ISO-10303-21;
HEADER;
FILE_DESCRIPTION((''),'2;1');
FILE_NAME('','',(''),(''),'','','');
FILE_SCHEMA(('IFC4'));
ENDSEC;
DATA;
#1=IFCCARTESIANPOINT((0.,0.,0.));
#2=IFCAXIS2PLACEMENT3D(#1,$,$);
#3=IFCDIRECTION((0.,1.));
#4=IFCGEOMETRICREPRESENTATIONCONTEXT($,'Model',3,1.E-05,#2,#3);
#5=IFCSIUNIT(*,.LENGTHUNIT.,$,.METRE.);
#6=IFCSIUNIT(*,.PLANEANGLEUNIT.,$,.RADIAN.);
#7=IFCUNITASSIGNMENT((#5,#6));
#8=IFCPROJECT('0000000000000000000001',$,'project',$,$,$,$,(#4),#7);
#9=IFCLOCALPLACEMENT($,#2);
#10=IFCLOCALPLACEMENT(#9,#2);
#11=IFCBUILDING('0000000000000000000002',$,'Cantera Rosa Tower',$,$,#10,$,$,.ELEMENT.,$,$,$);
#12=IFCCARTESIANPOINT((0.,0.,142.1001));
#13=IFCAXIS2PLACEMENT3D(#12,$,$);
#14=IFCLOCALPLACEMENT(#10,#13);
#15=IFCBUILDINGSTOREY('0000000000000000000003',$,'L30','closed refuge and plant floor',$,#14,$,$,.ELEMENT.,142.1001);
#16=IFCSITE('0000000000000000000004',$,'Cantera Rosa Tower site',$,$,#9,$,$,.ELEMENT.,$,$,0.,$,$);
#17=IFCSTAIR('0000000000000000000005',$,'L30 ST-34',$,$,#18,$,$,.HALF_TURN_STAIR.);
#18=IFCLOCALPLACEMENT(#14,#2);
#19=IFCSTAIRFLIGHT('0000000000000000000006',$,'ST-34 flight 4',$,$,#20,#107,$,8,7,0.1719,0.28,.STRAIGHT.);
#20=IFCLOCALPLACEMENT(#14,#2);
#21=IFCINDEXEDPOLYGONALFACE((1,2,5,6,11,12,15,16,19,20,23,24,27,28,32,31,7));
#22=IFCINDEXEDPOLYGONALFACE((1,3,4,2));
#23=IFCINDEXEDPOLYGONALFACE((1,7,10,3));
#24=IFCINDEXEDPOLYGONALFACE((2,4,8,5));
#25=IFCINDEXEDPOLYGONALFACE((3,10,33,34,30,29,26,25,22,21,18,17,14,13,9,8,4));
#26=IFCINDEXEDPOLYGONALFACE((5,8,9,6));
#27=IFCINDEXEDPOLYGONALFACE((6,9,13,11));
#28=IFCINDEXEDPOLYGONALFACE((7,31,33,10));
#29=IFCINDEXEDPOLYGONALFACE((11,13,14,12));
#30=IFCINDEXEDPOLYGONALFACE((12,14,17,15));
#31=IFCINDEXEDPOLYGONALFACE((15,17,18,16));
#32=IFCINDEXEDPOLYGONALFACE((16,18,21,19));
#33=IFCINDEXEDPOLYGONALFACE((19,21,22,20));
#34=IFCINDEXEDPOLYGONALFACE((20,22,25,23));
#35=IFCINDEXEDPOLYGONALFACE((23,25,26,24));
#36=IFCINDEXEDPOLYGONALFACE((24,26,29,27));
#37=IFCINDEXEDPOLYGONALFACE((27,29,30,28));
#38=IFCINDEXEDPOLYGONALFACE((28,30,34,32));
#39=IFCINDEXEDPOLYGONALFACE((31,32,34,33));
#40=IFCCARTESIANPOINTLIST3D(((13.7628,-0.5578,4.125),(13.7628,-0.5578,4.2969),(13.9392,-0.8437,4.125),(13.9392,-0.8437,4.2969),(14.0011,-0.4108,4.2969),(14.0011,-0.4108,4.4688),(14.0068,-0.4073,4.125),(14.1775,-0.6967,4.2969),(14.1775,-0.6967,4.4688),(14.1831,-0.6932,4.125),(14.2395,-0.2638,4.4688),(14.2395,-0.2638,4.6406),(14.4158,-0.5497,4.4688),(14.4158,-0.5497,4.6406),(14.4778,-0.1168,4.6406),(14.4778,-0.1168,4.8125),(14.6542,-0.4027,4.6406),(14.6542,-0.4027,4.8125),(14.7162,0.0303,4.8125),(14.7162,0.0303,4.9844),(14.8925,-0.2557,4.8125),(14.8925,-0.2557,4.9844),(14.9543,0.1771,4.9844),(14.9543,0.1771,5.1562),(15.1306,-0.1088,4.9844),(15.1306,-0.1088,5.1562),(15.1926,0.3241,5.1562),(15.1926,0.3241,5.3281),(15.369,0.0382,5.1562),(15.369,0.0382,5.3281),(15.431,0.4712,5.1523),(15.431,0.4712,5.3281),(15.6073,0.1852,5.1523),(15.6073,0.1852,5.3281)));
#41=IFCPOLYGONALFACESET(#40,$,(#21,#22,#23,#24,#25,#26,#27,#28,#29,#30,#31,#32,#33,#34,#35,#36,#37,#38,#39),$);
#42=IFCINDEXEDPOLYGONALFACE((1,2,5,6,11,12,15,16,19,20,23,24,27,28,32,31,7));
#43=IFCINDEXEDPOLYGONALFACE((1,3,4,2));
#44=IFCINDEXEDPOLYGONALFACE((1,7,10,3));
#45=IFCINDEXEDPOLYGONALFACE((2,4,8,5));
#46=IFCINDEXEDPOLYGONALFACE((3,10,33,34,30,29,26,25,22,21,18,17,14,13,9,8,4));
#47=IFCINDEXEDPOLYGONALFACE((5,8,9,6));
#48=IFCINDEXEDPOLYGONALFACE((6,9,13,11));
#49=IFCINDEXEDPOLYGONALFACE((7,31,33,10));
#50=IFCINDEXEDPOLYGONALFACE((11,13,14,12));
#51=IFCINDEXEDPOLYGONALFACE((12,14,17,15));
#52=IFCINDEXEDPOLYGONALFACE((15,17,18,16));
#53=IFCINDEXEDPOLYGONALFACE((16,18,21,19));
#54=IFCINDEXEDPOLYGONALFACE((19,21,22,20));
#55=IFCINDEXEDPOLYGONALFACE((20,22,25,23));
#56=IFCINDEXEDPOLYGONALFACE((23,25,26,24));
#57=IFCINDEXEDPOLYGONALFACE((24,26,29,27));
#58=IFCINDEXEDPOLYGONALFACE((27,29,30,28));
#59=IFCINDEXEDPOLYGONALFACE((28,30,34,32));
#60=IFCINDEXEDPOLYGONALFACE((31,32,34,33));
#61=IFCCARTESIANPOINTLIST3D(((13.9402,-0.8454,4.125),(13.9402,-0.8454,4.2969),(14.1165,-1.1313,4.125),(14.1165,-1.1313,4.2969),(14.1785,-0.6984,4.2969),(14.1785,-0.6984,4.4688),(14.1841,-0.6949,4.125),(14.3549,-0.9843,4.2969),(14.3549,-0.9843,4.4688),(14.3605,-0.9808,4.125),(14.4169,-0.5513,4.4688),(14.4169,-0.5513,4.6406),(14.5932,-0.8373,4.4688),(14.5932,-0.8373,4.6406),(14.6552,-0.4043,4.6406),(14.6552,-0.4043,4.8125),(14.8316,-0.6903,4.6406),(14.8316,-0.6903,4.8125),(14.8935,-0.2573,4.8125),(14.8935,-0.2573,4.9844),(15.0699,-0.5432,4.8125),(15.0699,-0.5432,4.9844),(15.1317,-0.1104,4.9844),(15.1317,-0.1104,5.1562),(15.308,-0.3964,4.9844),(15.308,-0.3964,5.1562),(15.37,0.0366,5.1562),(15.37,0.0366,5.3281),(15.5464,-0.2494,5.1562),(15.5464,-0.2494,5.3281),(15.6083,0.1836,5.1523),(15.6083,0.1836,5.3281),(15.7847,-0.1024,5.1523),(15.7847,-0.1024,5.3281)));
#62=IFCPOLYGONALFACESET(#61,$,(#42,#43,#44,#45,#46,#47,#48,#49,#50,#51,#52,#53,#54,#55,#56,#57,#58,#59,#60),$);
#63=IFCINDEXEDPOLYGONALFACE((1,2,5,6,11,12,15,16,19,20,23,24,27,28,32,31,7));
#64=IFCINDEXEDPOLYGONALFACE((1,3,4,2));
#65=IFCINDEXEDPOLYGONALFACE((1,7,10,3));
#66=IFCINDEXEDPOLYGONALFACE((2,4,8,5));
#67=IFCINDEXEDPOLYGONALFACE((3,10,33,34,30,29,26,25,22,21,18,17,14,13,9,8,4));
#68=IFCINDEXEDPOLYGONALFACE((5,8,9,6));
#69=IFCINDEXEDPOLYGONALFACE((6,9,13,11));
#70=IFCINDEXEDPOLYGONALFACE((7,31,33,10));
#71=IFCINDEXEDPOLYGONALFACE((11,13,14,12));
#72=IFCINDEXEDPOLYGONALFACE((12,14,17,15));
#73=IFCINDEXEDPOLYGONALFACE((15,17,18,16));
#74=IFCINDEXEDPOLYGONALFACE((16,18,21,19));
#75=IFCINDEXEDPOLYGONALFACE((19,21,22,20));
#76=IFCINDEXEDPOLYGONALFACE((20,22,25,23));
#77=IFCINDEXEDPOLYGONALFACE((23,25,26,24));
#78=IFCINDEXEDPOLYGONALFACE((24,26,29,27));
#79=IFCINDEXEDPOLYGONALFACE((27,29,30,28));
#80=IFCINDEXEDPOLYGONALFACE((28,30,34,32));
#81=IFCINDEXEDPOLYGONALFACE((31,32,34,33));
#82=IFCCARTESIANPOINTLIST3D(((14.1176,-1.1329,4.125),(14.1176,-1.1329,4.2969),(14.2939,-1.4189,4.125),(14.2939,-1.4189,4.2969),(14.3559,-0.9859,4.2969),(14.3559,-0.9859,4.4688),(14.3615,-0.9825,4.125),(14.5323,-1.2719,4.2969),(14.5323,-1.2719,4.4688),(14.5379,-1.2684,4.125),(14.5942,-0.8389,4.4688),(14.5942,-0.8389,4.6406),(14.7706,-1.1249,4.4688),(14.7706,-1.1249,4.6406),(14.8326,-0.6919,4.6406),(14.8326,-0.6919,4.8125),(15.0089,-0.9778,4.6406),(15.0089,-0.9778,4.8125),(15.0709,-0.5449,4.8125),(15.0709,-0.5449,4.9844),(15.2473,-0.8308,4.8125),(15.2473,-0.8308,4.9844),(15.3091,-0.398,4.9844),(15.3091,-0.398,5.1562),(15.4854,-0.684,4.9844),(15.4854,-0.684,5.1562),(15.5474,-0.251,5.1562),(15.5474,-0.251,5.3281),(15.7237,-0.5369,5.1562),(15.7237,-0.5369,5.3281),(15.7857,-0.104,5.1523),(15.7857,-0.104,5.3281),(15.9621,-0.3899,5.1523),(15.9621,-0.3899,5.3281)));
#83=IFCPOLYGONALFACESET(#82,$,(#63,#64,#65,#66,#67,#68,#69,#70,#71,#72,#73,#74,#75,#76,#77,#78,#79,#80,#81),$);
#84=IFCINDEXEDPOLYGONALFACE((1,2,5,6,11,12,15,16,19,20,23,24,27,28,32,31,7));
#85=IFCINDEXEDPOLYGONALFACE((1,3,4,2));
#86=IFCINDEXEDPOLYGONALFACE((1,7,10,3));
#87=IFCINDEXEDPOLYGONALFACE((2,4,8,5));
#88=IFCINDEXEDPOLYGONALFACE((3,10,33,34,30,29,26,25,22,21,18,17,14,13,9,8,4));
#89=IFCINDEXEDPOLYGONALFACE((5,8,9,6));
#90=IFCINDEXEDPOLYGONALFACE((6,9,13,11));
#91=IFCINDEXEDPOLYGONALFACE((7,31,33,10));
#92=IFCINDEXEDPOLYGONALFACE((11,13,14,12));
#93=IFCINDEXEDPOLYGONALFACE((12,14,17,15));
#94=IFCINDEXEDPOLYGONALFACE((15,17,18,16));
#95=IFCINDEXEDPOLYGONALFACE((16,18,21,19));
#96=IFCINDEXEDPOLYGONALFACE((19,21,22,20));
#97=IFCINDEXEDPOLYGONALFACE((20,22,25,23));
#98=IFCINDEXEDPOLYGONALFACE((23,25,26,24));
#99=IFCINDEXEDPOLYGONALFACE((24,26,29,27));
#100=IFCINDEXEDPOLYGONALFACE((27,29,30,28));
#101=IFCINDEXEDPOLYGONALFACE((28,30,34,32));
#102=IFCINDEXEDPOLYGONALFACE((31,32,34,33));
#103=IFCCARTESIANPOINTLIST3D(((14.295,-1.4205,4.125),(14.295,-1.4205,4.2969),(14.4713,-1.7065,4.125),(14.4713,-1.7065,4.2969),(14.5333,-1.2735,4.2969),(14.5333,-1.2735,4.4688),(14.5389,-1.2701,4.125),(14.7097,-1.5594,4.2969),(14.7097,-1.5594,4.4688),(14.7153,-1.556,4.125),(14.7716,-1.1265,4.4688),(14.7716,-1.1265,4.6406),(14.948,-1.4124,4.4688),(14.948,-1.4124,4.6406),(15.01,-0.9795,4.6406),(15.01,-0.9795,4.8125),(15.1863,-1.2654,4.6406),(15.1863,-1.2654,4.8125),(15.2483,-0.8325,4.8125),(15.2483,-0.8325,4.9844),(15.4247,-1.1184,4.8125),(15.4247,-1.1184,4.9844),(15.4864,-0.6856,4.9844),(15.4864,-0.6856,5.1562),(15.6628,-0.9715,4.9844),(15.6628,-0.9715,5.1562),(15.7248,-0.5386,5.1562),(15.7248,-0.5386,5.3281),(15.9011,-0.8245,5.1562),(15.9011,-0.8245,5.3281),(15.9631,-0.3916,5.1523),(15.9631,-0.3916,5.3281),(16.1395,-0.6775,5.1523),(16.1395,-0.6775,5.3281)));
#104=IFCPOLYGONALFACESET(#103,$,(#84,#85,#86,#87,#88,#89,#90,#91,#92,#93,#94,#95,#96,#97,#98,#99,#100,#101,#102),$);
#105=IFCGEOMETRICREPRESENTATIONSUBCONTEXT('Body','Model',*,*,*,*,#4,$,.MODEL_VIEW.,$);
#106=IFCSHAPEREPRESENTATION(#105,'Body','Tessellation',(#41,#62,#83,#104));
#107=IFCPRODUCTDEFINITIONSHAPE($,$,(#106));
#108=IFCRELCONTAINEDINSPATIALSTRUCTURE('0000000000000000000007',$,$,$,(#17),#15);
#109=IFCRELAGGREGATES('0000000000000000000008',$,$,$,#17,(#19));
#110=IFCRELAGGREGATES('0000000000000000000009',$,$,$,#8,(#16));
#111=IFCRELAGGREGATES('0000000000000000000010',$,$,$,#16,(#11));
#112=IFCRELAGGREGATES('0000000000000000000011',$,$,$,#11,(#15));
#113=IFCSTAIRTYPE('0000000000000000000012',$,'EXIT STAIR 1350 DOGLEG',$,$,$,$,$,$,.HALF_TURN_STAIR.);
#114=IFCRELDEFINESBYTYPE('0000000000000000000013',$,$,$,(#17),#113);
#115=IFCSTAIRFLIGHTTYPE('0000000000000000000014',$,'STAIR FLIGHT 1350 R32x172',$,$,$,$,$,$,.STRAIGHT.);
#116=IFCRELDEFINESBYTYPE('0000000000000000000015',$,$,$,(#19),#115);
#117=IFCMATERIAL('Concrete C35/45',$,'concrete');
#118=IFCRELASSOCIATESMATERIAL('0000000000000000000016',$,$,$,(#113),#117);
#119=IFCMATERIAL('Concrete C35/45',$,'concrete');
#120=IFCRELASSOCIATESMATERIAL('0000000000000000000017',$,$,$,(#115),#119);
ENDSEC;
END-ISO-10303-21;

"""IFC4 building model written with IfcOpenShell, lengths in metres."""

from ifc_helpers import new_model, si_unit, direction, frame, origin, place, context, subcontext, project, spatial, polyline, outline, extrude, material, type_object, element, aggregate, save


model = new_model("IFC4")

# Units and contexts
model_context = context("Model", 3, precision=1e-05, world=origin(), true_north=direction((0.0, 1.0)))
body_context = subcontext(model_context, "Body", "Model", "MODEL_VIEW")
ifc_project = project(units=[si_unit("LENGTHUNIT", "METRE"), si_unit("PLANEANGLEUNIT", "RADIAN")], contexts=[model_context])

# Site, building, storey
site_placement = place(None, origin())
site = spatial("IfcSite", under=ifc_project, at=site_placement, Name="Cantera Rosa Tower site", CompositionType="ELEMENT", RefElevation=0.0)
building_placement = place(site_placement, origin())
building = spatial("IfcBuilding", under=site, at=building_placement, Name="Cantera Rosa Tower", CompositionType="ELEMENT")
storey_placement = place(building_placement, frame((0.0, 0.0, 142.1001)))
storey = spatial("IfcBuildingStorey", under=building, at=storey_placement, Name="L30", Description="closed refuge and plant floor", CompositionType="ELEMENT", Elevation=142.1001)

# Stair
ifc_material_1 = material(Name="Concrete C35/45", Category="concrete")
stair_type = type_object("IfcStairType", Name="EXIT STAIR 1350 DOGLEG", PredefinedType="HALF_TURN_STAIR", material=ifc_material_1)
stair_1_placement = place(storey_placement, origin())
stair_1 = element("IfcStair", 1, at=stair_1_placement, inside=storey, type_object=stair_type, Name="L30 ST-34", PredefinedType="HALF_TURN_STAIR")

# Stair flight
ifc_material_2 = material(Name="Concrete C35/45", Category="concrete")
stair_flight_type = type_object("IfcStairFlightType", Name="STAIR FLIGHT 1350 R32x172", PredefinedType="STRAIGHT", material=ifc_material_2)
stair_flight_placement = place(storey_placement, frame((14.1172, -1.1323, 4.125), z_axis=(0.0, 0.0, 1.0), x_axis=(0.851117, 0.524977, 0.0)))
stair_flight = element("IfcStairFlight", 2, at=stair_flight_placement, type_object=stair_flight_type, Name="ST-34 flight 4", NumberOfRisers=8, NumberOfTreads=7, PredefinedType="STRAIGHT", RiserHeight=0.1719, TreadLength=0.28, context=body_context, shape_type="SweptSolid", body=[
    extrude(outline(polyline([(0.0, 0.0), (0.0, 0.1719), (0.28, 0.1719), (0.28, 0.3438), (0.5601, 0.3438), (0.5601, 0.5156), (0.8401, 0.5156), (0.8401, 0.6875), (1.1201, 0.6875), (1.1201, 0.8594), (1.3999, 0.8594), (1.3999, 1.0312), (1.6799, 1.0312), (1.6799, 1.2031), (1.96, 1.2031), (1.96, 1.375), (1.96, 1.0273), (0.2866, 0.0), (0.0, 0.0)])), frame((0.0, 0.675, 0.0), z_axis=(0.0, -1.0, 0.0), x_axis=(1.0, 0.0, 0.0)), (0.0, 0.0, 1.0), 0.3359),
    extrude(outline(polyline([(0.0, 0.0), (0.0, 0.1719), (0.28, 0.1719), (0.28, 0.3438), (0.5601, 0.3438), (0.5601, 0.5156), (0.8401, 0.5156), (0.8401, 0.6875), (1.1201, 0.6875), (1.1201, 0.8594), (1.3999, 0.8594), (1.3999, 1.0312), (1.6799, 1.0312), (1.6799, 1.2031), (1.96, 1.2031), (1.96, 1.375), (1.96, 1.0273), (0.2866, 0.0), (0.0, 0.0)])), frame((0.0, 0.3372, 0.0), z_axis=(0.0, -1.0, 0.0), x_axis=(1.0, 0.0, 0.0)), (0.0, 0.0, 1.0), 0.3359),
    extrude(outline(polyline([(0.0, 0.0), (0.0, 0.1719), (0.28, 0.1719), (0.28, 0.3438), (0.5601, 0.3438), (0.5601, 0.5156), (0.8401, 0.5156), (0.8401, 0.6875), (1.1201, 0.6875), (1.1201, 0.8594), (1.3999, 0.8594), (1.3999, 1.0312), (1.6799, 1.0312), (1.6799, 1.2031), (1.96, 1.2031), (1.96, 1.375), (1.96, 1.0273), (0.2866, 0.0), (0.0, 0.0)])), frame((0.0, -0.0007, 0.0), z_axis=(0.0, -1.0, 0.0), x_axis=(1.0, 0.0, 0.0)), (0.0, 0.0, 1.0), 0.3359),
    extrude(outline(polyline([(0.0, 0.0), (0.0, 0.1719), (0.28, 0.1719), (0.28, 0.3438), (0.5601, 0.3438), (0.5601, 0.5156), (0.8401, 0.5156), (0.8401, 0.6875), (1.1201, 0.6875), (1.1201, 0.8594), (1.3999, 0.8594), (1.3999, 1.0312), (1.6799, 1.0312), (1.6799, 1.2031), (1.96, 1.2031), (1.96, 1.375), (1.96, 1.0273), (0.2866, 0.0), (0.0, 0.0)])), frame((0.0, -0.3386, 0.0), z_axis=(0.0, -1.0, 0.0), x_axis=(1.0, 0.0, 0.0)), (0.0, 0.0, 1.0), 0.3359),
])
aggregate(stair_1, [stair_flight])

save(model, "model.ifc")
